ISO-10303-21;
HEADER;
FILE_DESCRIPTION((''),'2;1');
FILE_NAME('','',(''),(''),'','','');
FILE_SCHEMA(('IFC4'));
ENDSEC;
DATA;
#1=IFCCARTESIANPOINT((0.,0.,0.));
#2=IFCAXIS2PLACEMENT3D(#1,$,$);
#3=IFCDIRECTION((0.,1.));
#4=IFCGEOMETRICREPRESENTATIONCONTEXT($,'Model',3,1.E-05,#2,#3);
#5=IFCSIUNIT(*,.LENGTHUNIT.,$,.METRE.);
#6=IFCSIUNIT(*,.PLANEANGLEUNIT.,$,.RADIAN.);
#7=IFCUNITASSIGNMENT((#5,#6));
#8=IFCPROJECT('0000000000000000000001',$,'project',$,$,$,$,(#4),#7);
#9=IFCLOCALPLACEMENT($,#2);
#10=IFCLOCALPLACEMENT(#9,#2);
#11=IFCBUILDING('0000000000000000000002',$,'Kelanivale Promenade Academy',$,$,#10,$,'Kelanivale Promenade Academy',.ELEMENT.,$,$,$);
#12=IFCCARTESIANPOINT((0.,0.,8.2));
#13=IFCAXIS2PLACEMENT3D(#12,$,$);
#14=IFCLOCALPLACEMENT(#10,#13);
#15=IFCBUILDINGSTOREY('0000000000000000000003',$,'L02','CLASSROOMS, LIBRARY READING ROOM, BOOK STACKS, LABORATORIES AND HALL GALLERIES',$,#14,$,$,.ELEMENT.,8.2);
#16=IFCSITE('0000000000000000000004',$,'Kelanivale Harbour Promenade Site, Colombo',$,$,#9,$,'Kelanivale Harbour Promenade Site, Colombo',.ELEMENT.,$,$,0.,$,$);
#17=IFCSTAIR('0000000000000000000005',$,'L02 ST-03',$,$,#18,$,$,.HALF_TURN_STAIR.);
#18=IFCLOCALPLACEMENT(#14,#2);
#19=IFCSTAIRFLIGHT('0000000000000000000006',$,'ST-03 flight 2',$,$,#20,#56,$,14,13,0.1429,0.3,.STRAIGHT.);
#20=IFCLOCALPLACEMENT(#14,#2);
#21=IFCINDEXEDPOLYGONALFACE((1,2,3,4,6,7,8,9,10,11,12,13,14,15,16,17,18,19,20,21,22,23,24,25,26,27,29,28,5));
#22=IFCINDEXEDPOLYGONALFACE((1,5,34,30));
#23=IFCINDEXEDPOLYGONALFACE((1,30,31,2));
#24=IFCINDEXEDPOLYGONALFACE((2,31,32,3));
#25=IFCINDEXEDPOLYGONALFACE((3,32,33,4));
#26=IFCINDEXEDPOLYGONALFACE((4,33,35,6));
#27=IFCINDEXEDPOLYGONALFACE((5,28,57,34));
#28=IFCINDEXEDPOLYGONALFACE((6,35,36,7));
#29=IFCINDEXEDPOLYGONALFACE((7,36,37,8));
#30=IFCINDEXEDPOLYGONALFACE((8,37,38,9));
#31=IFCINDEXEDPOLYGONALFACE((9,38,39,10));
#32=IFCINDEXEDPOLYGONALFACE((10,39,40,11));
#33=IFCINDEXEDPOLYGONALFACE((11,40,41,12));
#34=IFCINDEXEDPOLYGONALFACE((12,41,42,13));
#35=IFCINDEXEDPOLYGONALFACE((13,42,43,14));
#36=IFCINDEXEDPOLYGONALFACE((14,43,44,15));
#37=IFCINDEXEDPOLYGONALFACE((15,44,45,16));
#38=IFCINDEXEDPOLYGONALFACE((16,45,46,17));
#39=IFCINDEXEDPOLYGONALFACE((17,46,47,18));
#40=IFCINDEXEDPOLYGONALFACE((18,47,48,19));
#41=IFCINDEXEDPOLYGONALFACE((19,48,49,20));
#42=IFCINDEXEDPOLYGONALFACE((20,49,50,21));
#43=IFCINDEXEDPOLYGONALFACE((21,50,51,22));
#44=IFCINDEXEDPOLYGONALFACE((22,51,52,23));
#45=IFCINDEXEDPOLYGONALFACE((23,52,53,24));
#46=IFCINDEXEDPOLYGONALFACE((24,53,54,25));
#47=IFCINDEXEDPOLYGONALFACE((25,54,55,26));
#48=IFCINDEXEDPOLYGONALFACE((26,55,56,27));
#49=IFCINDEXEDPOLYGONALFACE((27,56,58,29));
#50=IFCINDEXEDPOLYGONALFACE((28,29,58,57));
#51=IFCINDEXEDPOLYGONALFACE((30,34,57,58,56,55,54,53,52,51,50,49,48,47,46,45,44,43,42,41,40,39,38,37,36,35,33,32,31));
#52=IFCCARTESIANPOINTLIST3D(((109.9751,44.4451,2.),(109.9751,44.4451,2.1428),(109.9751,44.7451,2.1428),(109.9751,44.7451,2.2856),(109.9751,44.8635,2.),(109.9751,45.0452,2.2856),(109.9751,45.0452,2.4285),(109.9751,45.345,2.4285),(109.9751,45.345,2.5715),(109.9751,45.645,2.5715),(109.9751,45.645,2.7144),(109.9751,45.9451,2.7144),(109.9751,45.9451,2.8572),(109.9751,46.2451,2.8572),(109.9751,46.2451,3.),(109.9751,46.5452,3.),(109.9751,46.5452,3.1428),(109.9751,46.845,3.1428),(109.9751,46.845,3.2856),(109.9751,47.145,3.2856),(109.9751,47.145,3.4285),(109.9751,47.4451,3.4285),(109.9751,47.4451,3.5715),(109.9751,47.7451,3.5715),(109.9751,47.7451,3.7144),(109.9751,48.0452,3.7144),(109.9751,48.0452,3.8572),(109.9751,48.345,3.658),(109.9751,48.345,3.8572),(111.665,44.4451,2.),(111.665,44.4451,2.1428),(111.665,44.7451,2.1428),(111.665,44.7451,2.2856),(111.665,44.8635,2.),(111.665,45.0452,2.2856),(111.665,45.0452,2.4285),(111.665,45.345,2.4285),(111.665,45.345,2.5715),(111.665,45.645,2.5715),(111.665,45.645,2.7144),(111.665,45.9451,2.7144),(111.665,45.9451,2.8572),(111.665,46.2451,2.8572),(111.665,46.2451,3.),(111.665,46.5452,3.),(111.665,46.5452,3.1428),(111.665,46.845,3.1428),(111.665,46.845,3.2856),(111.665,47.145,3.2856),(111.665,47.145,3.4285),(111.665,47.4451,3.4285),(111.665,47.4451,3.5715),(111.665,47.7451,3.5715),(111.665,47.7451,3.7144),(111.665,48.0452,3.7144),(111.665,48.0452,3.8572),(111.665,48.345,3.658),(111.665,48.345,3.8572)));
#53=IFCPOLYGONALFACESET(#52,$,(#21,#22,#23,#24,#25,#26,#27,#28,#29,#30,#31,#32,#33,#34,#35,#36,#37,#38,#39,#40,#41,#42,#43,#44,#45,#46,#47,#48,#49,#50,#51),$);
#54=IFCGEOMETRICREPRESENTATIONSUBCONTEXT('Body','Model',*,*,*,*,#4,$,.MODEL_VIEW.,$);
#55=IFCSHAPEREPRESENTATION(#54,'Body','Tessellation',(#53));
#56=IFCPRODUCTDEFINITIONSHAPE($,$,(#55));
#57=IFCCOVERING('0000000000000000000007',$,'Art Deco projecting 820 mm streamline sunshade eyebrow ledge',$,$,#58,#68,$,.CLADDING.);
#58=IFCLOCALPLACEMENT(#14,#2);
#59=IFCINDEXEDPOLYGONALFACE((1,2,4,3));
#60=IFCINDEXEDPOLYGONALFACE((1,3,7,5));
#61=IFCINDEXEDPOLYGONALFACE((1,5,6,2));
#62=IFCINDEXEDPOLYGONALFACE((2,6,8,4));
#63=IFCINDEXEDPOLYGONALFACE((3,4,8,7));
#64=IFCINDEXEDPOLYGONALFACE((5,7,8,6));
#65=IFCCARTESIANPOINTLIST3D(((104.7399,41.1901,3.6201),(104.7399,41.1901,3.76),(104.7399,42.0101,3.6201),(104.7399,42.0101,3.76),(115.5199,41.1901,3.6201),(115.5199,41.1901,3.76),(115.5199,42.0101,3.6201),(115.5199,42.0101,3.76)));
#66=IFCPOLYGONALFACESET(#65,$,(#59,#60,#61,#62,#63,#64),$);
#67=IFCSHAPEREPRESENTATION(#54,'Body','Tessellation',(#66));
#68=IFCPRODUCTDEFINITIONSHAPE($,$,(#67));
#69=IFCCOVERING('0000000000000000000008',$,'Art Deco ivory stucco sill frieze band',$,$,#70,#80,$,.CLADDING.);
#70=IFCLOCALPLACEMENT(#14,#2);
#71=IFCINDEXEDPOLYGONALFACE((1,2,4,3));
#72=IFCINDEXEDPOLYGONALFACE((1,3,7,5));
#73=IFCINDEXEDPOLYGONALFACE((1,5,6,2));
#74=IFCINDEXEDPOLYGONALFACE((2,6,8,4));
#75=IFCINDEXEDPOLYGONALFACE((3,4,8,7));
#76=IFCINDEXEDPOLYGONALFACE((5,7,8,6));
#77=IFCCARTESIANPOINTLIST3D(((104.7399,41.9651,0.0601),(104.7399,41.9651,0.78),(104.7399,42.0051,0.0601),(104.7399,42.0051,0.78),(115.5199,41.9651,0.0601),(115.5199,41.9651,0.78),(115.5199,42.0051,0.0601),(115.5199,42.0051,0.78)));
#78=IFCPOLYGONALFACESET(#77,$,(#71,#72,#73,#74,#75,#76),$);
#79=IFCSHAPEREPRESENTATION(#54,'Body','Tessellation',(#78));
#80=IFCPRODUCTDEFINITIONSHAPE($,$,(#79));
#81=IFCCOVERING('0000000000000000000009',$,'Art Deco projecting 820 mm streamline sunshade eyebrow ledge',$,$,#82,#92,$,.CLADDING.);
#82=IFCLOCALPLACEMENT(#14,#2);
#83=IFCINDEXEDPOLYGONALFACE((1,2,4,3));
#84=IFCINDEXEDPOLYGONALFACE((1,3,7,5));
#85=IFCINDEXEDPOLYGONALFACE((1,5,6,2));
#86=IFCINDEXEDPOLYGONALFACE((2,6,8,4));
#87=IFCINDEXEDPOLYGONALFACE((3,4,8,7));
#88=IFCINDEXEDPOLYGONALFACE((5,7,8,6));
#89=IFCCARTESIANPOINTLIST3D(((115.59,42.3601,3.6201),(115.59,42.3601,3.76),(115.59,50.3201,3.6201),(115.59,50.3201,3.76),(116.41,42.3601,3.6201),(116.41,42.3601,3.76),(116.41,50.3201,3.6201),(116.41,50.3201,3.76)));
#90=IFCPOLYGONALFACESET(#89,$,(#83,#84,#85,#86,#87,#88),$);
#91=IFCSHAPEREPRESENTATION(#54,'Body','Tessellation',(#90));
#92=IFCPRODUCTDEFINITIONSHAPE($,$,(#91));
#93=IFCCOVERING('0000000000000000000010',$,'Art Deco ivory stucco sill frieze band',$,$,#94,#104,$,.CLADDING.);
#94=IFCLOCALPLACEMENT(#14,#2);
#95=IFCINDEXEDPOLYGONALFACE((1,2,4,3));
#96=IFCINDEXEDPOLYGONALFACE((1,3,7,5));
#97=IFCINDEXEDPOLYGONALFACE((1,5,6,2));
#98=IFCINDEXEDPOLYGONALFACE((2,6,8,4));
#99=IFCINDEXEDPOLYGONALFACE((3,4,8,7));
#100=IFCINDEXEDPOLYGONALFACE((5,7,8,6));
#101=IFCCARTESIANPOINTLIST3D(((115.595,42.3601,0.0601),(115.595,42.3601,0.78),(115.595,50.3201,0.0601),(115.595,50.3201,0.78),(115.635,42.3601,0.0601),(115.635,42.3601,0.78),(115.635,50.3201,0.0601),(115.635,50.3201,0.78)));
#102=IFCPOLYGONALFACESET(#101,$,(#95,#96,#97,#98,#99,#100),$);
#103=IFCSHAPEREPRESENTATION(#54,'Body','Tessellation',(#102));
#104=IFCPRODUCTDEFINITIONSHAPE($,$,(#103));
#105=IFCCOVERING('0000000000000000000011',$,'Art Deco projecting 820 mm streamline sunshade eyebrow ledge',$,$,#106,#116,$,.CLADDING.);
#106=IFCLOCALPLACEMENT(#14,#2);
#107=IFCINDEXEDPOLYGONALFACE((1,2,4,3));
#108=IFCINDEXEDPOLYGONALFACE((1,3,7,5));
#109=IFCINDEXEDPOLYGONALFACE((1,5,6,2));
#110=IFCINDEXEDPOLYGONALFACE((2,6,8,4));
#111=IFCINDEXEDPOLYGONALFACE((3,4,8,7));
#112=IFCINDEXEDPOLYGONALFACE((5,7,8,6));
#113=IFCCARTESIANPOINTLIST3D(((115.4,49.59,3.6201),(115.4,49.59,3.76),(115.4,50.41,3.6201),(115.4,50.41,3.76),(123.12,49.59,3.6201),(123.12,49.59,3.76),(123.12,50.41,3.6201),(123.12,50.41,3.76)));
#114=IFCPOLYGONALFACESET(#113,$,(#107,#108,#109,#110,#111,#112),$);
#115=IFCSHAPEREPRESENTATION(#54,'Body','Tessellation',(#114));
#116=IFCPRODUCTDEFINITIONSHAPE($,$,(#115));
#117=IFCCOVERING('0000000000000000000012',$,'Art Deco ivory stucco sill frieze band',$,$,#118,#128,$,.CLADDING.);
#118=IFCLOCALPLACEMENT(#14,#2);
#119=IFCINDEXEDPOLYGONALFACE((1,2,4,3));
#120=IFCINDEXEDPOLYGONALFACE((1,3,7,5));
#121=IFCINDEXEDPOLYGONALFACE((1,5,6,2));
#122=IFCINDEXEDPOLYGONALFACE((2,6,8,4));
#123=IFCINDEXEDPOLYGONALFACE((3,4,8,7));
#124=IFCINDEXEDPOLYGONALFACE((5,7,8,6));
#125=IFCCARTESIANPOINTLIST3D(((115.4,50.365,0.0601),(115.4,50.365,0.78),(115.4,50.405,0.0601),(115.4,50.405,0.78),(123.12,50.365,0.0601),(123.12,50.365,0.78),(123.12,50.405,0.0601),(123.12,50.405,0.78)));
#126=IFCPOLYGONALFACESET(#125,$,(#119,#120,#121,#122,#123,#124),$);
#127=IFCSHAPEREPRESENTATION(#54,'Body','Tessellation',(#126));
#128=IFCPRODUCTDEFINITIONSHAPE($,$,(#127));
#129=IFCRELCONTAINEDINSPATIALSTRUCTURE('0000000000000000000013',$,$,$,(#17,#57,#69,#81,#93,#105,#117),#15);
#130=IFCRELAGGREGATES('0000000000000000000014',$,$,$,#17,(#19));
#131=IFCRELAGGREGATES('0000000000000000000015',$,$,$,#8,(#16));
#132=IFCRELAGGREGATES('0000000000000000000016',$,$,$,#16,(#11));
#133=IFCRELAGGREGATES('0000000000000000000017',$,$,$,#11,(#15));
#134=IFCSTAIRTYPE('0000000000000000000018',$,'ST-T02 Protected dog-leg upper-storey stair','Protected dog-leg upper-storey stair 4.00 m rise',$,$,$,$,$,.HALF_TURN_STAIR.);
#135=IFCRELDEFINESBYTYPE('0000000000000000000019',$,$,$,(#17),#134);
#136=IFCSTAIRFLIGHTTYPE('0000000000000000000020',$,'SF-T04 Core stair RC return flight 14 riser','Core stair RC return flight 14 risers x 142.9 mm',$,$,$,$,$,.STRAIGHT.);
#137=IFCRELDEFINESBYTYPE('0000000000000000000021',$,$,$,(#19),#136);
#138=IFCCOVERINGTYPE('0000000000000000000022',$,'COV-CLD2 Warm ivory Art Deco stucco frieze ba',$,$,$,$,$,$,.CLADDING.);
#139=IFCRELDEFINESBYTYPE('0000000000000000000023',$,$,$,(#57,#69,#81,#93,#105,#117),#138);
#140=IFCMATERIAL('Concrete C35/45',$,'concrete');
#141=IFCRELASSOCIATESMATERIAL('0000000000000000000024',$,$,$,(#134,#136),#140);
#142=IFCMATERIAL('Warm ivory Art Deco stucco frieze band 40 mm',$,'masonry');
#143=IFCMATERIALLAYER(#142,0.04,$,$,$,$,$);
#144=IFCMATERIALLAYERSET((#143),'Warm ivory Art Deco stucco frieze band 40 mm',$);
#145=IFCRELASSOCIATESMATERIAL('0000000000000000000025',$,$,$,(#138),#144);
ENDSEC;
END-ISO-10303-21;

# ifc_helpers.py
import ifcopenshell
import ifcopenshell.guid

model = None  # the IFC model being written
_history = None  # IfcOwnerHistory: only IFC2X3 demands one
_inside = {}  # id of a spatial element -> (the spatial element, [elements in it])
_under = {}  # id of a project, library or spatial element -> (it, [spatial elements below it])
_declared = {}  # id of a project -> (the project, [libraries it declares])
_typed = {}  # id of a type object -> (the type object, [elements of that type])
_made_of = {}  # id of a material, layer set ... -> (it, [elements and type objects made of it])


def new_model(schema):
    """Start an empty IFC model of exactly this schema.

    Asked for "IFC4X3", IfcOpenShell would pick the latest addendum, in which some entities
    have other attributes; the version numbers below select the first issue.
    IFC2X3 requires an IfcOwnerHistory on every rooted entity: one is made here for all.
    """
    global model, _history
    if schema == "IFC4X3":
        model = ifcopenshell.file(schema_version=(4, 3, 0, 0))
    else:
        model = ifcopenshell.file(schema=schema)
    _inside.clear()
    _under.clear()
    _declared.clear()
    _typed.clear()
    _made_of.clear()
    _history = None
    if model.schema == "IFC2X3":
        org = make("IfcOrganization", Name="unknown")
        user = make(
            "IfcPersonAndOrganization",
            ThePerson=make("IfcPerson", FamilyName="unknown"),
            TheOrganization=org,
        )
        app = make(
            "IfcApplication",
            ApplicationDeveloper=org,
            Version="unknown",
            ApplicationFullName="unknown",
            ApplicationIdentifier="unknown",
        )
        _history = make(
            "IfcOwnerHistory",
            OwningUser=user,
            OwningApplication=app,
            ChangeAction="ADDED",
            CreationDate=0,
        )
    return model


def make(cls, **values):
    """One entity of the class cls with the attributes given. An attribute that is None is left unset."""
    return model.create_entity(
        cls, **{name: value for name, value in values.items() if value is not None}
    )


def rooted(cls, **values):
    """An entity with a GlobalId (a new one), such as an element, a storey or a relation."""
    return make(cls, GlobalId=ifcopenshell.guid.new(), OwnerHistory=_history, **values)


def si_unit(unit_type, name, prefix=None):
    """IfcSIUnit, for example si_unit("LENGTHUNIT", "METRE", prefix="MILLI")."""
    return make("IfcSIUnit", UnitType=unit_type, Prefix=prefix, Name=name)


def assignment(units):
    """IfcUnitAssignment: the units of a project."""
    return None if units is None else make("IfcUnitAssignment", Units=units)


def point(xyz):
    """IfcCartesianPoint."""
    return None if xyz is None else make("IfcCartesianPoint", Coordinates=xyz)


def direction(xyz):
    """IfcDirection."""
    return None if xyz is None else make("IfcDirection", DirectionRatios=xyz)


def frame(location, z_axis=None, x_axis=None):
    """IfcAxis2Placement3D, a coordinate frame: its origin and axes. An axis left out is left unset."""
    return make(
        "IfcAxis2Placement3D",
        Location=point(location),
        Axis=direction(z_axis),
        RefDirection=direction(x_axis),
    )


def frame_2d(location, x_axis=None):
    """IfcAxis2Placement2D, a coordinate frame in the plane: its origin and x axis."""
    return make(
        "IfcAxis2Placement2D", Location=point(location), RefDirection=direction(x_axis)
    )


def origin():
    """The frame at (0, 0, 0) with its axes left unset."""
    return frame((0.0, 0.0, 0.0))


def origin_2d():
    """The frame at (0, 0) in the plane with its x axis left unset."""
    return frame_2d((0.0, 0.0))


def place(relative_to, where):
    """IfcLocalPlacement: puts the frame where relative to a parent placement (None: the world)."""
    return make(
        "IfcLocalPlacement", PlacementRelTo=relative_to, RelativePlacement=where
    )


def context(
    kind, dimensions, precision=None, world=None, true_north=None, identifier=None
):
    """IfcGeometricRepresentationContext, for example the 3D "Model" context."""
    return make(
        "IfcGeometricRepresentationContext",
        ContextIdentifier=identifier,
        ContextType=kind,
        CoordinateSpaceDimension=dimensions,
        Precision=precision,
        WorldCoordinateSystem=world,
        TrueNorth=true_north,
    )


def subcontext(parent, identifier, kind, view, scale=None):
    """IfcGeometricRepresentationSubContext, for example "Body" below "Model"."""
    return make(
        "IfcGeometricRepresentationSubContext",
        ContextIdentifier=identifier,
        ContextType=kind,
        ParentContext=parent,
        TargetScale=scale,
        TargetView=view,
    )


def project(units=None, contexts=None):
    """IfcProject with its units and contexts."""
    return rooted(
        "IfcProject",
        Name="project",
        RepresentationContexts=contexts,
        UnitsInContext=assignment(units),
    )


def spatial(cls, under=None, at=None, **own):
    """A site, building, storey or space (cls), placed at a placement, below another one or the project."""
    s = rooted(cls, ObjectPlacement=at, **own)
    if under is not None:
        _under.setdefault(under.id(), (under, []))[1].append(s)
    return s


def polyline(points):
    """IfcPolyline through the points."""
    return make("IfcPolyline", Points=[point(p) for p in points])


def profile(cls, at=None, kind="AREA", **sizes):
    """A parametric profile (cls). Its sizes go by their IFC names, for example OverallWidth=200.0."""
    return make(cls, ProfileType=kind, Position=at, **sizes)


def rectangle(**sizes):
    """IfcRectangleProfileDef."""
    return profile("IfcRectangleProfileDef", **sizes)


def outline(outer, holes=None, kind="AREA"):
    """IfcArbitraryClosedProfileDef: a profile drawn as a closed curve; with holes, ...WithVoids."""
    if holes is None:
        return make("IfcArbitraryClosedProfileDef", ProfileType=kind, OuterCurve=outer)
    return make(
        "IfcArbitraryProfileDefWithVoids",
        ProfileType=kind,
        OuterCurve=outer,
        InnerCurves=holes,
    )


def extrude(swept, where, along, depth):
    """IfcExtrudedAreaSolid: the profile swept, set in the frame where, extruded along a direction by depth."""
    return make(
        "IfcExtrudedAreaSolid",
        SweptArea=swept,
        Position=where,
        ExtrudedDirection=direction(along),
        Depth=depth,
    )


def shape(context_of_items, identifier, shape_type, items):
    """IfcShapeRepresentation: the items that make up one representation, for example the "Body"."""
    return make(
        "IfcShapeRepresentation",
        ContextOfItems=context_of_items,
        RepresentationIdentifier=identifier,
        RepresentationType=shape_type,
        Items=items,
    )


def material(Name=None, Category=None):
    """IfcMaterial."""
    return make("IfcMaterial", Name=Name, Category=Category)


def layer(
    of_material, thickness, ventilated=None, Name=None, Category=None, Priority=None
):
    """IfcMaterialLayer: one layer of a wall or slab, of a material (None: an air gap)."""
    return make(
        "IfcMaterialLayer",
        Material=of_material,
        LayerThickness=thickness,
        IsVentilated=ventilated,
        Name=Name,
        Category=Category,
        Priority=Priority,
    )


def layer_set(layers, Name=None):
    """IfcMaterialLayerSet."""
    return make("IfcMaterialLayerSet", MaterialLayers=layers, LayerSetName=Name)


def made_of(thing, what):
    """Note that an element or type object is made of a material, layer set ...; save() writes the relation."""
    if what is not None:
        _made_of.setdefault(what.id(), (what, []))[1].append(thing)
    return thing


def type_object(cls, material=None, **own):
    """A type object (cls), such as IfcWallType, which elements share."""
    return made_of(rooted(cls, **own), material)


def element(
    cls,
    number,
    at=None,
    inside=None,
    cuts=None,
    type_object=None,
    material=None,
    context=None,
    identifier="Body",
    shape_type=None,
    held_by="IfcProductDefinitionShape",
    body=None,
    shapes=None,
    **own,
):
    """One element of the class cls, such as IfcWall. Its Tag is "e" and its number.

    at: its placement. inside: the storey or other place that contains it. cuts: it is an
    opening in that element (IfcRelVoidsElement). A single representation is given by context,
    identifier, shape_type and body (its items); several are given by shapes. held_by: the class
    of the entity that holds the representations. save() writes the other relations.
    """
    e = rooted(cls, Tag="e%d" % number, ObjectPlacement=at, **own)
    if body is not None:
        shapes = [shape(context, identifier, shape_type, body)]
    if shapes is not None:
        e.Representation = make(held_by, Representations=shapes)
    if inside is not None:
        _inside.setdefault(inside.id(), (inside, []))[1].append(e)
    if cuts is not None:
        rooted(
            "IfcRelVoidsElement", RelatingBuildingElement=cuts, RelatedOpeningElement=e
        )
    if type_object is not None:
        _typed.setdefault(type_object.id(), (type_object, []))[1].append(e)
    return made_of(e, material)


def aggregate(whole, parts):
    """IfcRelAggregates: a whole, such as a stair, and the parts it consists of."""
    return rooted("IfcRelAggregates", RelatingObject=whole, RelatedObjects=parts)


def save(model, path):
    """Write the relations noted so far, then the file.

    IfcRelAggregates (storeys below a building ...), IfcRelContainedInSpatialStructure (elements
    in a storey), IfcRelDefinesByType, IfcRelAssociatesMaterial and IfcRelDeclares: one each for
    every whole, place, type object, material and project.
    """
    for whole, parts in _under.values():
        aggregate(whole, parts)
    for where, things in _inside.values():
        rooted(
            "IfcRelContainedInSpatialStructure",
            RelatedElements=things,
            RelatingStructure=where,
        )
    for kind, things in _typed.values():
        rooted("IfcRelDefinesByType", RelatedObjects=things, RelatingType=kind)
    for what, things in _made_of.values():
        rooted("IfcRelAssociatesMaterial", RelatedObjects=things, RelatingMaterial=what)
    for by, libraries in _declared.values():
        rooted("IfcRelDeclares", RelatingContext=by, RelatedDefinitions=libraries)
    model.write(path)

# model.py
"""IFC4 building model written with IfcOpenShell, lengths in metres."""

from ifc_helpers import new_model, si_unit, direction, frame, origin, origin_2d, place, context, subcontext, project, spatial, polyline, rectangle, outline, extrude, material, layer, layer_set, type_object, element, aggregate, save


model = new_model("IFC4")

# Units and contexts
model_context = context("Model", 3, precision=1e-05, world=origin(), true_north=direction((0.0, 1.0)))
body_context = subcontext(model_context, "Body", "Model", "MODEL_VIEW")
ifc_project = project(units=[si_unit("LENGTHUNIT", "METRE"), si_unit("PLANEANGLEUNIT", "RADIAN")], contexts=[model_context])

# Site, building, storey
site_placement = place(None, origin())
site = spatial("IfcSite", under=ifc_project, at=site_placement, Name="Kelanivale Harbour Promenade Site, Colombo", LongName="Kelanivale Harbour Promenade Site, Colombo", CompositionType="ELEMENT", RefElevation=0.0)
building_placement = place(site_placement, origin())
building = spatial("IfcBuilding", under=site, at=building_placement, Name="Kelanivale Promenade Academy", LongName="Kelanivale Promenade Academy", CompositionType="ELEMENT")
storey_placement = place(building_placement, frame((0.0, 0.0, 8.2)))
storey = spatial("IfcBuildingStorey", under=building, at=storey_placement, Name="L02", Description="CLASSROOMS, LIBRARY READING ROOM, BOOK STACKS, LABORATORIES AND HALL GALLERIES", CompositionType="ELEMENT", Elevation=8.2)

# Stair, stair flight
ifc_material_1 = material(Name="Concrete C35/45", Category="concrete")
stair_type = type_object("IfcStairType", Name="ST-T02 Protected dog-leg upper-storey stair", Description="Protected dog-leg upper-storey stair 4.00 m rise", PredefinedType="HALF_TURN_STAIR", material=ifc_material_1)
stair_placement = place(storey_placement, origin())
stair = element("IfcStair", 1, at=stair_placement, inside=storey, type_object=stair_type, Name="L02 ST-03", PredefinedType="HALF_TURN_STAIR")
stair_flight_type_1 = type_object("IfcStairFlightType", Name="SF-T04 Core stair RC return flight 14 riser", Description="Core stair RC return flight 14 risers x 142.9 mm", PredefinedType="STRAIGHT", material=ifc_material_1)
stair_flight_1_placement = place(storey_placement, frame((110.8201, 44.4451, 2.0), z_axis=(0.0, 0.0, 1.0), x_axis=(0.0, 1.0, 0.0)))
stair_flight_1 = element("IfcStairFlight", 2, at=stair_flight_1_placement, type_object=stair_flight_type_1, Name="ST-03 flight 2", NumberOfRisers=14, NumberOfTreads=13, PredefinedType="STRAIGHT", RiserHeight=0.1429, TreadLength=0.3, context=body_context, shape_type="SweptSolid", body=[
    extrude(outline(polyline([(0.0, 0.0), (0.0, 0.1428), (0.3, 0.1428), (0.3, 0.2856), (0.6001, 0.2856), (0.6001, 0.4285), (0.8999, 0.4285), (0.8999, 0.5715), (1.2, 0.5715), (1.2, 0.7144), (1.5, 0.7144), (1.5, 0.8572), (1.8, 0.8572), (1.8, 1.0), (2.1001, 1.0), (2.1001, 1.1428), (2.3999, 1.1428), (2.3999, 1.2856), (2.7, 1.2856), (2.7, 1.4285), (3.0, 1.4285), (3.0, 1.5715), (3.3, 1.5715), (3.3, 1.7144), (3.6001, 1.7144), (3.6001, 1.8572), (3.8999, 1.8572), (3.8999, 2.0), (3.8999, 1.658), (0.4185, 0.0), (0.0, 0.0)])), frame((0.0, 0.845, 0.0), z_axis=(0.0, -1.0, 0.0), x_axis=(1.0, 0.0, 0.0)), (0.0, 0.0, 1.0), 1.6899),
])
aggregate(stair, [stair_flight_1])

# Coverings
ifc_material_2 = material(Name="Warm ivory Art Deco stucco frieze band 40 mm", Category="masonry")
ifc_layer_1 = layer(ifc_material_2, 0.04)
ifc_layer_set_1 = layer_set([ifc_layer_1], Name="Warm ivory Art Deco stucco frieze band 40 mm")
covering_type = type_object("IfcCoveringType", Name="COV-CLD2 Warm ivory Art Deco stucco frieze ba", PredefinedType="CLADDING", material=ifc_layer_set_1)
covering_1_placement = place(storey_placement, frame((110.1299, 41.6001, 3.6201), z_axis=(0.0, 0.0, 1.0), x_axis=(1.0, 0.0, 0.0)))
element("IfcCovering", 3, at=covering_1_placement, inside=storey, type_object=covering_type, Name="Art Deco projecting 820 mm streamline sunshade eyebrow ledge", PredefinedType="CLADDING", context=body_context, shape_type="SweptSolid", body=[
    extrude(rectangle(XDim=10.78, YDim=0.8201, at=origin_2d()), origin(), (0.0, 0.0, 1.0), 0.1399),
])
covering_2_placement = place(storey_placement, frame((110.1299, 41.9851, 0.0601), z_axis=(0.0, 0.0, 1.0), x_axis=(1.0, 0.0, 0.0)))
element("IfcCovering", 4, at=covering_2_placement, inside=storey, type_object=covering_type, Name="Art Deco ivory stucco sill frieze band", PredefinedType="CLADDING", context=body_context, shape_type="SweptSolid", body=[
    extrude(rectangle(XDim=10.78, YDim=0.04, at=origin_2d()), origin(), (0.0, 0.0, 1.0), 0.72),
])
covering_3_placement = place(storey_placement, frame((116.0, 46.3401, 3.6201), z_axis=(0.0, 0.0, 1.0), x_axis=(0.0, 1.0, 0.0)))
element("IfcCovering", 5, at=covering_3_placement, inside=storey, type_object=covering_type, Name="Art Deco projecting 820 mm streamline sunshade eyebrow ledge", PredefinedType="CLADDING", context=body_context, shape_type="SweptSolid", body=[
    extrude(rectangle(XDim=7.96, YDim=0.8201, at=origin_2d()), origin(), (0.0, 0.0, 1.0), 0.1399),
])
covering_4_placement = place(storey_placement, frame((115.615, 46.3401, 0.0601), z_axis=(0.0, 0.0, 1.0), x_axis=(0.0, 1.0, 0.0)))
element("IfcCovering", 6, at=covering_4_placement, inside=storey, type_object=covering_type, Name="Art Deco ivory stucco sill frieze band", PredefinedType="CLADDING", context=body_context, shape_type="SweptSolid", body=[
    extrude(rectangle(XDim=7.96, YDim=0.04, at=origin_2d()), origin(), (0.0, 0.0, 1.0), 0.72),
])
covering_5_placement = place(storey_placement, frame((119.26, 50.0, 3.6201), z_axis=(0.0, 0.0, 1.0), x_axis=(1.0, 0.0, 0.0)))
element("IfcCovering", 7, at=covering_5_placement, inside=storey, type_object=covering_type, Name="Art Deco projecting 820 mm streamline sunshade eyebrow ledge", PredefinedType="CLADDING", context=body_context, shape_type="SweptSolid", body=[
    extrude(rectangle(XDim=7.72, YDim=0.8201, at=origin_2d()), origin(), (0.0, 0.0, 1.0), 0.1399),
])
covering_6_placement = place(storey_placement, frame((119.26, 50.385, 0.0601), z_axis=(0.0, 0.0, 1.0), x_axis=(1.0, 0.0, 0.0)))
element("IfcCovering", 8, at=covering_6_placement, inside=storey, type_object=covering_type, Name="Art Deco ivory stucco sill frieze band", PredefinedType="CLADDING", context=body_context, shape_type="SweptSolid", body=[
    extrude(rectangle(XDim=7.72, YDim=0.04, at=origin_2d()), origin(), (0.0, 0.0, 1.0), 0.72),
])

save(model, "model.ifc")
